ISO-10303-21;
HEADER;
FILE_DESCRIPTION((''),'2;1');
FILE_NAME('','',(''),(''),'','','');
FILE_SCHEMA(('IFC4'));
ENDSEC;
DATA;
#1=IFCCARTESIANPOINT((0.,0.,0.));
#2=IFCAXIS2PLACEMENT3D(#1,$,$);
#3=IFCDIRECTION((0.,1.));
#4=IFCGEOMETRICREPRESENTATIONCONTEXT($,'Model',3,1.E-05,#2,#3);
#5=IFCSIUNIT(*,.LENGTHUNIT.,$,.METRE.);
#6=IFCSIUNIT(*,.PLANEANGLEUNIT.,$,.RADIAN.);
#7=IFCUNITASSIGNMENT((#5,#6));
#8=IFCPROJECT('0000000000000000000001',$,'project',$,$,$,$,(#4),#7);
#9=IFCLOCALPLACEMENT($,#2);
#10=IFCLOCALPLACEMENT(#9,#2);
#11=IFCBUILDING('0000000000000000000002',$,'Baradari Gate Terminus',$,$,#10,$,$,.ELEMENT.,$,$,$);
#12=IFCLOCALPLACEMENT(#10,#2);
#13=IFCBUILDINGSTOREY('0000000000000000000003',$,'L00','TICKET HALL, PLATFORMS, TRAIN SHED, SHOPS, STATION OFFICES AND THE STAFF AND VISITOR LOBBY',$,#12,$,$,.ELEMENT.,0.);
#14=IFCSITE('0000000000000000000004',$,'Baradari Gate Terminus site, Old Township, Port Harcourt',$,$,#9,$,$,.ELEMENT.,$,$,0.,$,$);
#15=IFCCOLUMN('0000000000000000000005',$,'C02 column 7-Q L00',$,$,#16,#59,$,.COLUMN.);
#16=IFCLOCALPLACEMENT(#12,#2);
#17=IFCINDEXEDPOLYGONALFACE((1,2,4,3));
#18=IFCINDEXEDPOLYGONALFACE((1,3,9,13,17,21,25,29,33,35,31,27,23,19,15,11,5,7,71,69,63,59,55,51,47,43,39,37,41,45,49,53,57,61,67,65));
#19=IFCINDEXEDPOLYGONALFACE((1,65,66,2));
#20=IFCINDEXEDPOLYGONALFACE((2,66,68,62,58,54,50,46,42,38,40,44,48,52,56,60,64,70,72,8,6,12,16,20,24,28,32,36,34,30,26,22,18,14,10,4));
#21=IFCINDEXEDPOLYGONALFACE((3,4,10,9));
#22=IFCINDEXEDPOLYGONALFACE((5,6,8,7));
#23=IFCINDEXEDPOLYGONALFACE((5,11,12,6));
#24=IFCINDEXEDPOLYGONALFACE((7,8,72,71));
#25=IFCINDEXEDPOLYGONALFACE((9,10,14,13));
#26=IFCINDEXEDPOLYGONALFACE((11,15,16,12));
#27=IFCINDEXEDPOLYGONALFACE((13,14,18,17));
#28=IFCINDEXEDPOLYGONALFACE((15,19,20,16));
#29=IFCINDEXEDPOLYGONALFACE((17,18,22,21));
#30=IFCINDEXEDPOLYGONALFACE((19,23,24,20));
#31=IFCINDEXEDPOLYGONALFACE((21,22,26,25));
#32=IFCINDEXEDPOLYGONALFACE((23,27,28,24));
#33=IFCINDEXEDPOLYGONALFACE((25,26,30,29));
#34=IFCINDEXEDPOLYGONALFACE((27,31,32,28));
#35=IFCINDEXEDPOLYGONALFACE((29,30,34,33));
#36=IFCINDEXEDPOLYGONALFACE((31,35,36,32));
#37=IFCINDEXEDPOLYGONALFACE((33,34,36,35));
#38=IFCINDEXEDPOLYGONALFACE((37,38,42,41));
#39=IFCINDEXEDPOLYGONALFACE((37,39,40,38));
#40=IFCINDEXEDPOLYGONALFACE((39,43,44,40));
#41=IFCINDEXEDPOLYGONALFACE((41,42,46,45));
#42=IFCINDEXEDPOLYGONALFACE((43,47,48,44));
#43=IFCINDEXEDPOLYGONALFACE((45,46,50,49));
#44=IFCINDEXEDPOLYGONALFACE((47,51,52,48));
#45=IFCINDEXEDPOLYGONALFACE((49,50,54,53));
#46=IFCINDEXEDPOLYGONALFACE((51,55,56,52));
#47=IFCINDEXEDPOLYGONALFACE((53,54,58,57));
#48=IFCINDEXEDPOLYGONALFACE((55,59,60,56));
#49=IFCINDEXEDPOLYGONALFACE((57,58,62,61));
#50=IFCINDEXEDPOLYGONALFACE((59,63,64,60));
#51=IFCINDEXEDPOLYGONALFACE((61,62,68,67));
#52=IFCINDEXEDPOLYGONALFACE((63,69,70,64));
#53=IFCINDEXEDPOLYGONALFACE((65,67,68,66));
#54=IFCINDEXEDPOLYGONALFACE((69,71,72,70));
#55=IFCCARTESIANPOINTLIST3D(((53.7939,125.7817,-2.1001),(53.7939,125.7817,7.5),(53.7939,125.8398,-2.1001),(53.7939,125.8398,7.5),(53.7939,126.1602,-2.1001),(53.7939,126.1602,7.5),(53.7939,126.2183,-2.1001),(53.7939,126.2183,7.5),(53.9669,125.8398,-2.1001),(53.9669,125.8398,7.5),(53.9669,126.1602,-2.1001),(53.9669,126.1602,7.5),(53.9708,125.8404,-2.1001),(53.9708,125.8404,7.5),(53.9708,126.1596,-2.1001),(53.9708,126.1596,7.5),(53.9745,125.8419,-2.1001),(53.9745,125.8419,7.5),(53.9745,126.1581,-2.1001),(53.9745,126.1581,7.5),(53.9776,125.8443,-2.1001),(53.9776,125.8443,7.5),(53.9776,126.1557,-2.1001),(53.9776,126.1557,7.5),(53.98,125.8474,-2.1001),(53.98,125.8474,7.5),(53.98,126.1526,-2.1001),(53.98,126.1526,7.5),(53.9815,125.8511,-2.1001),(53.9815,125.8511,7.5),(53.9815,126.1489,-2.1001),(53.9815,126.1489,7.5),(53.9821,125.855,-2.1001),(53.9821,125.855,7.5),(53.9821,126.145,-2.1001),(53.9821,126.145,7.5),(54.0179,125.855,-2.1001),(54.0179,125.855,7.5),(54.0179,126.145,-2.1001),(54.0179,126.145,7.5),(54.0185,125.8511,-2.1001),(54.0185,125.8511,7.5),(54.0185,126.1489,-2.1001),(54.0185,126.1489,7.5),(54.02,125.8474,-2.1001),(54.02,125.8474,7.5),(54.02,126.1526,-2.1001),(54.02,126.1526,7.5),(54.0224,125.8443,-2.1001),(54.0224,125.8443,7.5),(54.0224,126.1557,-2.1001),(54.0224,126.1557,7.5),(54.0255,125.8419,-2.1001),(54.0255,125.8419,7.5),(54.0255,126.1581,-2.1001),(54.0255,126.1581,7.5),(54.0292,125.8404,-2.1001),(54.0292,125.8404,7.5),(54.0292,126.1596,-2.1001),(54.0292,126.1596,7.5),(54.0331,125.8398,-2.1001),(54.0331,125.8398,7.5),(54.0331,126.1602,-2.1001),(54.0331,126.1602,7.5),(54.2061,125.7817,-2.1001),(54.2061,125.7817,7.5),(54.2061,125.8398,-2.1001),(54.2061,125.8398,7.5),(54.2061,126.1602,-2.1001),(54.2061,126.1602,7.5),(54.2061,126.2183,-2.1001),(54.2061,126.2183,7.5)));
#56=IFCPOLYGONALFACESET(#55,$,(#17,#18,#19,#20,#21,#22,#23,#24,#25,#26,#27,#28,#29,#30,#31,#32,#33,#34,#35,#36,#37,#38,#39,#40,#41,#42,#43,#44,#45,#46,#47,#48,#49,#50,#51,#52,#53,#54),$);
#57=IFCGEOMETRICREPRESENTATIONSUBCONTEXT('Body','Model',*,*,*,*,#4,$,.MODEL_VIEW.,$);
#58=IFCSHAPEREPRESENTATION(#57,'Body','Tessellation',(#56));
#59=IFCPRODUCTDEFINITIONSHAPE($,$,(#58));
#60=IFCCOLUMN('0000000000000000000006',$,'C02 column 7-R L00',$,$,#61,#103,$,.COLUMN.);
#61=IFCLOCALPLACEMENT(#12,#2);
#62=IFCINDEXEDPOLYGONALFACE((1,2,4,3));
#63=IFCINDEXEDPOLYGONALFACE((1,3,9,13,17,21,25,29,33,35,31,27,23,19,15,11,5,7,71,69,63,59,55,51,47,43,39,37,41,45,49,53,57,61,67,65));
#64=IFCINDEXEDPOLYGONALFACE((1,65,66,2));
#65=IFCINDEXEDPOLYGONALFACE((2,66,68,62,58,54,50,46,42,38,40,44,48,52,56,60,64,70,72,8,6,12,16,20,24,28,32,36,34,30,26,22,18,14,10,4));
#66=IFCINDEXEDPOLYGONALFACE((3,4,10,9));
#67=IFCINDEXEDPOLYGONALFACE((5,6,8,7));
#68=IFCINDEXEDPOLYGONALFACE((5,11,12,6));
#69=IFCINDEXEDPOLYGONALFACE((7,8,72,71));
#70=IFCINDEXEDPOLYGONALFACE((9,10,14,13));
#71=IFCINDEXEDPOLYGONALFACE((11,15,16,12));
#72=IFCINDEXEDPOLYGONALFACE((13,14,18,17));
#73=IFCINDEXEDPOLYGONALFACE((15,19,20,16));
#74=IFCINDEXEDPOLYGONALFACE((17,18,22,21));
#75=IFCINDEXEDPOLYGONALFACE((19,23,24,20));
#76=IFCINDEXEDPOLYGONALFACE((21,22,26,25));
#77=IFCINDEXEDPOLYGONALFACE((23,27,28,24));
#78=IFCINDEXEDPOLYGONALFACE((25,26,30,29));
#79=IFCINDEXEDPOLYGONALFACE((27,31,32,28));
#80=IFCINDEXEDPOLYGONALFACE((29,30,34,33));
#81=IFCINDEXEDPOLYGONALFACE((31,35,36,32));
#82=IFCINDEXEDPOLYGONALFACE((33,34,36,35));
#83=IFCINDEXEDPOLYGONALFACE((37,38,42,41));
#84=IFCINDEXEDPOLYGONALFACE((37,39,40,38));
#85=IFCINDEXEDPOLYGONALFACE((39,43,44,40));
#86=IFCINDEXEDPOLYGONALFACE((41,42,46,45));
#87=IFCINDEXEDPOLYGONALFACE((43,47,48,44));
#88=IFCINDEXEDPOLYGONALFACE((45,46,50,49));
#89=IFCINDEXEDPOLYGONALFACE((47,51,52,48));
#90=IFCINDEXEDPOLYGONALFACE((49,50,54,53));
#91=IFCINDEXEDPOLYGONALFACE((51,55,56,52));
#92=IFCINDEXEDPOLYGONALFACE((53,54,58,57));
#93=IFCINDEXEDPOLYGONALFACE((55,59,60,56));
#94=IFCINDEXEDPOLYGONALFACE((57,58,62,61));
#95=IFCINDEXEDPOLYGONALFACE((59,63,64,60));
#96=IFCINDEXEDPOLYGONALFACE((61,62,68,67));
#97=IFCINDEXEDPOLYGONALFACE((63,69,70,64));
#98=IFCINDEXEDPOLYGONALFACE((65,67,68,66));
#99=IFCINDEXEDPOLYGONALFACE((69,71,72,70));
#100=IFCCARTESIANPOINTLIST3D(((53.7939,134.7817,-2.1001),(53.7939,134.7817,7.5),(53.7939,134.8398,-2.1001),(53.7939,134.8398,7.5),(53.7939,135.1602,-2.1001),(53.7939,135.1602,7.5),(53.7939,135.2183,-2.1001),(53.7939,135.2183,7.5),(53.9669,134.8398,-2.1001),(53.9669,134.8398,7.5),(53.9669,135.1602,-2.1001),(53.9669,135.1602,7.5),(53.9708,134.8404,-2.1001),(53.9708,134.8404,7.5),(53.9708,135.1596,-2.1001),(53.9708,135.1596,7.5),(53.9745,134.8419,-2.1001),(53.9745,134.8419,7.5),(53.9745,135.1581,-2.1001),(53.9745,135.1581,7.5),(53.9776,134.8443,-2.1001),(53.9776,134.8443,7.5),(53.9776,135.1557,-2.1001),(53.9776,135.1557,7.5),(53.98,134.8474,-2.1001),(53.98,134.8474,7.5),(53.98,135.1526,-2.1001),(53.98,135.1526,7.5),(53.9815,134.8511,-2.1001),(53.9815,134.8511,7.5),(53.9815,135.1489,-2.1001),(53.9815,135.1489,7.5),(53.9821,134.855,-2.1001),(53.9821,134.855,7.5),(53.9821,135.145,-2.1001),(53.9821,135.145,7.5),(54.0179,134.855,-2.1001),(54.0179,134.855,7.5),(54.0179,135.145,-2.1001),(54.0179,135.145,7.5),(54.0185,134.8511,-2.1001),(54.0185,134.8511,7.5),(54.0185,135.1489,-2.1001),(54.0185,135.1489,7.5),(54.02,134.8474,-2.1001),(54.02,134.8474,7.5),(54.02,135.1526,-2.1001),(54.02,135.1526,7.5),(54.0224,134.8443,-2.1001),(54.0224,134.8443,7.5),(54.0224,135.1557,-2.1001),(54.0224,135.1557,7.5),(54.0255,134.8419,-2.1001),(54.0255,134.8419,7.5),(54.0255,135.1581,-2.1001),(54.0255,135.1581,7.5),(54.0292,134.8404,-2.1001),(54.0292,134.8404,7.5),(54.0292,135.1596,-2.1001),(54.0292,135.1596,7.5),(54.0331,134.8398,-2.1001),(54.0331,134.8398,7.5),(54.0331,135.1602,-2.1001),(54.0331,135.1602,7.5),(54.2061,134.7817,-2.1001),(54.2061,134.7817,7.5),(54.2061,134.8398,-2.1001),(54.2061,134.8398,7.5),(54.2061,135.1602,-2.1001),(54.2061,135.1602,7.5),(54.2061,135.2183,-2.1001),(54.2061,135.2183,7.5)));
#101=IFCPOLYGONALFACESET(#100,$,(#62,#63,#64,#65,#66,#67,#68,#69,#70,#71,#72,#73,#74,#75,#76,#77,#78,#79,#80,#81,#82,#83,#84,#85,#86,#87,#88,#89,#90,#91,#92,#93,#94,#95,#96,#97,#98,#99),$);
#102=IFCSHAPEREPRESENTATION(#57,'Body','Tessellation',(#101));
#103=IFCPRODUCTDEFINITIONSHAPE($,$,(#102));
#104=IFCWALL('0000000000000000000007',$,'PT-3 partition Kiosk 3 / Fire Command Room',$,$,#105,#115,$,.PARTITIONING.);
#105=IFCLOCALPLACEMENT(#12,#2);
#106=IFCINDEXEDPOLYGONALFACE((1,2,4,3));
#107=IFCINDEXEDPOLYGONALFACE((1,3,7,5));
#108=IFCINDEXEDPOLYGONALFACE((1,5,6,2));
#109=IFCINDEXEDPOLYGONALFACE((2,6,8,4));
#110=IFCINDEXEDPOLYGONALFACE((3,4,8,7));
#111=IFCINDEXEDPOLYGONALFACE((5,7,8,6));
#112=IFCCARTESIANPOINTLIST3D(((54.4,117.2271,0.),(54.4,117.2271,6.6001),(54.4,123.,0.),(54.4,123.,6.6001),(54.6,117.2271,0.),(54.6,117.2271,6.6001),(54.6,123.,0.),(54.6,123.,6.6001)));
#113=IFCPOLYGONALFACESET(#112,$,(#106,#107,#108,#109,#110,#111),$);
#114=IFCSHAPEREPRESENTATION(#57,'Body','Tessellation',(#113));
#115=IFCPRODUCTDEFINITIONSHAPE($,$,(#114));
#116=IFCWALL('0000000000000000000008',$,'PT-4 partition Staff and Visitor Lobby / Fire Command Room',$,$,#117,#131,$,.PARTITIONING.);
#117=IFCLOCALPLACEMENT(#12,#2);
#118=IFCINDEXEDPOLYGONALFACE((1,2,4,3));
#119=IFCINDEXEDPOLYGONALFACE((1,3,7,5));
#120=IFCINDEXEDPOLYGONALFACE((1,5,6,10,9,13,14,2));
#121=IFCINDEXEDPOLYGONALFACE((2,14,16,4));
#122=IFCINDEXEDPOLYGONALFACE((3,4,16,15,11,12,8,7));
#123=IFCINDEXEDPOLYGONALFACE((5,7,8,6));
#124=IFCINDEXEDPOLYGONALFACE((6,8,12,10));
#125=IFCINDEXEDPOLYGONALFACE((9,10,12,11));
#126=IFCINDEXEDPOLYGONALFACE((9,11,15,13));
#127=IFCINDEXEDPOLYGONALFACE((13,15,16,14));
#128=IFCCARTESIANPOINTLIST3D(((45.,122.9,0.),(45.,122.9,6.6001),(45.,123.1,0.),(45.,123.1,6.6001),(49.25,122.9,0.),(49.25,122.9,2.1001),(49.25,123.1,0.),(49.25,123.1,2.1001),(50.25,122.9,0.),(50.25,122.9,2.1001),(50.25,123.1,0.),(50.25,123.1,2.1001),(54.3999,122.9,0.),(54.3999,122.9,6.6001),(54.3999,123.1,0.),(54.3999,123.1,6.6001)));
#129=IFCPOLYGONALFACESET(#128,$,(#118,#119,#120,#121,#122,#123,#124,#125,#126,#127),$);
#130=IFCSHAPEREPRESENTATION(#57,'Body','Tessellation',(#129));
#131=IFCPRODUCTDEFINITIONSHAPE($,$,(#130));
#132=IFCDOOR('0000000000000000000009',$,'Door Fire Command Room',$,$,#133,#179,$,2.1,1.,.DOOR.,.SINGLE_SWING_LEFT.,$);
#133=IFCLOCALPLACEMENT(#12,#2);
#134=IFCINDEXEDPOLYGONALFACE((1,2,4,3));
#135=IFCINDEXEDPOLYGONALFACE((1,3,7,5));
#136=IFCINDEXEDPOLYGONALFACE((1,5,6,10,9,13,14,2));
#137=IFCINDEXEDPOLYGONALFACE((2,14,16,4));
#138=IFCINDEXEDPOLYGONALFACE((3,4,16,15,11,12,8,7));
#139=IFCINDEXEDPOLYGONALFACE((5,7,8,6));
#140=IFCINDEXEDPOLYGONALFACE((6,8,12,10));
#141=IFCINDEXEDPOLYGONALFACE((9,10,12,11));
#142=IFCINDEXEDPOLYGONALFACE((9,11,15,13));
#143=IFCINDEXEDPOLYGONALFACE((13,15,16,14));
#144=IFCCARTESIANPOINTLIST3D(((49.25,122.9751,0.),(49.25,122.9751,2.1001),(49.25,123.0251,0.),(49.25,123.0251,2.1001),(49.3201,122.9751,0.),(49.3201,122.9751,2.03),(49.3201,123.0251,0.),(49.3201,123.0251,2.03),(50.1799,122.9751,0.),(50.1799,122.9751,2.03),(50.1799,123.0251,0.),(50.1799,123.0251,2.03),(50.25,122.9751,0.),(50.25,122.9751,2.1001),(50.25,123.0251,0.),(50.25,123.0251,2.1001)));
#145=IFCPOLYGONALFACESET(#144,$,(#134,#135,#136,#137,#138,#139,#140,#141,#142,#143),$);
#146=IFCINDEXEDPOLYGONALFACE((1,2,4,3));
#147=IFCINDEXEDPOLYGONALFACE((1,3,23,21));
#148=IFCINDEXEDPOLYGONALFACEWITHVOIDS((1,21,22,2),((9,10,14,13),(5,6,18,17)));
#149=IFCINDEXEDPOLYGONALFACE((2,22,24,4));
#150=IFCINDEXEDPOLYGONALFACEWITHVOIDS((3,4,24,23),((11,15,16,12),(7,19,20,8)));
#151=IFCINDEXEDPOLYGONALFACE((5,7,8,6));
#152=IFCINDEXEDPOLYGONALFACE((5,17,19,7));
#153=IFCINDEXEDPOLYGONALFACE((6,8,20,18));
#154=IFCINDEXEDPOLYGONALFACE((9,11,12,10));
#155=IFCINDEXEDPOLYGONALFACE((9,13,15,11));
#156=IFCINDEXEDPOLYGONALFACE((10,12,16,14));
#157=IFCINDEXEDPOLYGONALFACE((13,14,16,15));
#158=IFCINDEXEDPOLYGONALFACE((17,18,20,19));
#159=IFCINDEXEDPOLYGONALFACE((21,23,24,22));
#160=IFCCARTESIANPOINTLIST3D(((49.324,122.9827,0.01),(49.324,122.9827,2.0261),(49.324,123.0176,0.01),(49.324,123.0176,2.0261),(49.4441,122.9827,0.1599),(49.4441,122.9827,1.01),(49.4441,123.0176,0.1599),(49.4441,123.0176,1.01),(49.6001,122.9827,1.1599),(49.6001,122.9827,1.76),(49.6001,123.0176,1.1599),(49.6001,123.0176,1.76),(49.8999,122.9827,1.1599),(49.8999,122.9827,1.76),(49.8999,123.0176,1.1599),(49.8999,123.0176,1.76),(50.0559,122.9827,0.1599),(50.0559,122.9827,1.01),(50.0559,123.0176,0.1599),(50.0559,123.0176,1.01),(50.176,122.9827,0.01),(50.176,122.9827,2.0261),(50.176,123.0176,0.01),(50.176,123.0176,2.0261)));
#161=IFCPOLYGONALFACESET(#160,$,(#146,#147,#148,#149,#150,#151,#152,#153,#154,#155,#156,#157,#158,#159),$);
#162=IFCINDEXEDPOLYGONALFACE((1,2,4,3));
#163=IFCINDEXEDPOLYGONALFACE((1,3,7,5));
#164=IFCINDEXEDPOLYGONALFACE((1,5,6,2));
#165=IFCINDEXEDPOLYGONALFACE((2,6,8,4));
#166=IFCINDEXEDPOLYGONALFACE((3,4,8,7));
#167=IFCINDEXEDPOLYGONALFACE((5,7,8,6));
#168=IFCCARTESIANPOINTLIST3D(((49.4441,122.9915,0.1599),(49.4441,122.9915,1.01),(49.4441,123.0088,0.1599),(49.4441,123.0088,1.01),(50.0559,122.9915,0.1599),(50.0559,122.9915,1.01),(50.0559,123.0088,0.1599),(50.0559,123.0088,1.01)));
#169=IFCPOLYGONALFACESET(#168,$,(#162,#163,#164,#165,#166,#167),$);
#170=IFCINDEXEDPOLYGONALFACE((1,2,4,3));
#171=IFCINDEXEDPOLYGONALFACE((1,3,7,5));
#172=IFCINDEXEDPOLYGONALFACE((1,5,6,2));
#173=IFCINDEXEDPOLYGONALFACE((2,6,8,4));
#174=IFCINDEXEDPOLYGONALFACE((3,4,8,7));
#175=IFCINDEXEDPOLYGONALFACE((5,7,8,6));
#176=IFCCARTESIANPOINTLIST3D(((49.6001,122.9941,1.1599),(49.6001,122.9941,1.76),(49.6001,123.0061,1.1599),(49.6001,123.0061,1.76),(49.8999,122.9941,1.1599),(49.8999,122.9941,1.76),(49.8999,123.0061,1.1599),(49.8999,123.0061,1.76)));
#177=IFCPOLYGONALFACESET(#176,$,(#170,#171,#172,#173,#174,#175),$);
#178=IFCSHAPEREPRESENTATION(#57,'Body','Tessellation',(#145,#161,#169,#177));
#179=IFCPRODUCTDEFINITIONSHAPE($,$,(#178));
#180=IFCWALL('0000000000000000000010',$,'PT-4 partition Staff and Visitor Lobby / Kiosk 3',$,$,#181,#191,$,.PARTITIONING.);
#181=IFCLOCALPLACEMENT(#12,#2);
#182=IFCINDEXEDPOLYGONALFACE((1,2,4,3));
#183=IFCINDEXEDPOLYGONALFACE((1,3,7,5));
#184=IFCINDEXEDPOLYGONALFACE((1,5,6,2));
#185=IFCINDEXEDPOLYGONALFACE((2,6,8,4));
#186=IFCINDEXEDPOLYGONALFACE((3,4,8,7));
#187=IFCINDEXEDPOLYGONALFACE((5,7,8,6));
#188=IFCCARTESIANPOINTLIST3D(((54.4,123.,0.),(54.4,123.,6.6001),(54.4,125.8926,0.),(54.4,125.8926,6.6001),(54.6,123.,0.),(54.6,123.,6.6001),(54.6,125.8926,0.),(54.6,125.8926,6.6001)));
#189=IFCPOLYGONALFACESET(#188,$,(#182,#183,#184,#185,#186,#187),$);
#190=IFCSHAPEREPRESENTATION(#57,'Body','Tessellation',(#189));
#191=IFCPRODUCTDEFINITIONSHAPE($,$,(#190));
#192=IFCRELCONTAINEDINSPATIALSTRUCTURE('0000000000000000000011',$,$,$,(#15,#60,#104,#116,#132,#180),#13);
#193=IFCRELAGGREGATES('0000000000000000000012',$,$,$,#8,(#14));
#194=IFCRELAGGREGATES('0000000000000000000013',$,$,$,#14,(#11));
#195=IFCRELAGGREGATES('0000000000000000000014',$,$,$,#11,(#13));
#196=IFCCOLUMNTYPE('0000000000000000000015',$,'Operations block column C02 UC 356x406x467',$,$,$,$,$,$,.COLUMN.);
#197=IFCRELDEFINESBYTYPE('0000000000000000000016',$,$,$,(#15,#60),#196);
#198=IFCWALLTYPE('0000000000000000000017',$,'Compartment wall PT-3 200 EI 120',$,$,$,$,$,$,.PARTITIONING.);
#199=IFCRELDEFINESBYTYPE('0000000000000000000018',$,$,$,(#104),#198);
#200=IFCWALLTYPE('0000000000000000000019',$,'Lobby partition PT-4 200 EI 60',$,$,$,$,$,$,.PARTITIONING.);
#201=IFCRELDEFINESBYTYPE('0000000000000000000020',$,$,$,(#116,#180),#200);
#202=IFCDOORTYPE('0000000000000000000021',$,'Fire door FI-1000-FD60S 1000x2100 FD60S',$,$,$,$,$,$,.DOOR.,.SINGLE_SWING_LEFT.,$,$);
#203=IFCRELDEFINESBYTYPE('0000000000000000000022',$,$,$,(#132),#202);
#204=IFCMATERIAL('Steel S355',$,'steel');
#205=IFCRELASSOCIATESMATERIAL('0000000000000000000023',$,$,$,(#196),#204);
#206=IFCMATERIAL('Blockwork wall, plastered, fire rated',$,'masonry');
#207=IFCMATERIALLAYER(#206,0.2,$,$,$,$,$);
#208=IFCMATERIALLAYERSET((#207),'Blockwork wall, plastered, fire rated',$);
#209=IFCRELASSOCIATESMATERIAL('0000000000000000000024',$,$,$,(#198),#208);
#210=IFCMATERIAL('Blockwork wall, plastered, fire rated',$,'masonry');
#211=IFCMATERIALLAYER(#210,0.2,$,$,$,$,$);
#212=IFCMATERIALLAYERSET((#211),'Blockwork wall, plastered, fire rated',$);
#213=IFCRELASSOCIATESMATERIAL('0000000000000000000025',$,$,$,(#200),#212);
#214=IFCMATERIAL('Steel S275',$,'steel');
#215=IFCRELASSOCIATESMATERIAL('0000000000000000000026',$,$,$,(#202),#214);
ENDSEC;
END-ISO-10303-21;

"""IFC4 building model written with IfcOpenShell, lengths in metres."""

from ifc_helpers import new_model, si_unit, direction, frame, frame_2d, origin, origin_2d, place, context, subcontext, project, spatial, polyline, rectangle, i_section, outline, extrude, material, layer, layer_set, material_profile, profile_set, type_object, element, fill, save


model = new_model("IFC4")

# Units and contexts
model_context = context("Model", 3, precision=1e-05, world=origin(), true_north=direction((0.0, 1.0)))
body_context = subcontext(model_context, "Body", "Model", "MODEL_VIEW")
ifc_project = project(units=[si_unit("LENGTHUNIT", "METRE"), si_unit("PLANEANGLEUNIT", "RADIAN")], contexts=[model_context])

# Site, building, storey
site_placement = place(None, origin())
site = spatial("IfcSite", under=ifc_project, at=site_placement, Name="Baradari Gate Terminus site, Old Township, Port Harcourt", CompositionType="ELEMENT", RefElevation=0.0)
building_placement = place(site_placement, origin())
building = spatial("IfcBuilding", under=site, at=building_placement, Name="Baradari Gate Terminus", CompositionType="ELEMENT")
storey_placement = place(building_placement, origin())
storey = spatial("IfcBuildingStorey", under=building, at=storey_placement, Name="L00", Description="TICKET HALL, PLATFORMS, TRAIN SHED, SHOPS, STATION OFFICES AND THE STAFF AND VISITOR LOBBY", CompositionType="ELEMENT", Elevation=0.0)

# Columns
ifc_material_1 = material(Name="Steel S355", Category="steel")
ifc_material_profile = material_profile(ifc_material_1, i_section(OverallWidth=0.4121, OverallDepth=0.4365, WebThickness=0.0359, FlangeThickness=0.0581, FilletRadius=0.0151, at=origin_2d()), Name="UC 356x406x467")
ifc_profile_set = profile_set([ifc_material_profile], Name="Steel S355")
column_type = type_object("IfcColumnType", Name="Operations block column C02 UC 356x406x467", PredefinedType="COLUMN", material=ifc_profile_set)
for number, where, z_axis, x_axis, name in (
    (1, (54.0, 126.0, -2.1001), (0.0, 0.0, 1.0), (1.0, 0.0, 0.0), "C02 column 7-Q L00"),
    (2, (54.0, 135.0, -2.1001), (0.0, 0.0, 1.0), (1.0, 0.0, 0.0), "C02 column 7-R L00"),
):
    element("IfcColumn", number, at=place(storey_placement, frame(where, z_axis=z_axis, x_axis=x_axis)), inside=storey, type_object=column_type, Name=name, PredefinedType="COLUMN", context=body_context, shape_type="SweptSolid", body=[
        extrude(i_section(OverallWidth=0.4121, OverallDepth=0.4365, WebThickness=0.0359, FlangeThickness=0.0581, FilletRadius=0.0151, at=origin_2d()), origin(), (0.0, 0.0, 1.0), 9.6001),
    ])

# Wall
ifc_material_2 = material(Name="Blockwork wall, plastered, fire rated", Category="masonry")
ifc_layer_1 = layer(ifc_material_2, 0.2)
ifc_layer_set_1 = layer_set([ifc_layer_1], Name="Blockwork wall, plastered, fire rated")
wall_type_1 = type_object("IfcWallType", Name="Compartment wall PT-3 200 EI 120", PredefinedType="PARTITIONING", material=ifc_layer_set_1)
wall_1_placement = place(storey_placement, frame((54.5, 117.2271, 0.0), z_axis=(0.0, 0.0, 1.0), x_axis=(0.0, 1.0, 0.0)))
element("IfcWall", 3, at=wall_1_placement, inside=storey, type_object=wall_type_1, Name="PT-3 partition Kiosk 3 / Fire Command Room", PredefinedType="PARTITIONING", context=body_context, shape_type="SweptSolid", body=[
    extrude(rectangle(XDim=5.7729, YDim=0.2, at=frame_2d((2.8865, 0.0))), origin(), (0.0, 0.0, 1.0), 6.6001),
])

# Wall, opening, door
ifc_material_3 = material(Name="Blockwork wall, plastered, fire rated", Category="masonry")
ifc_layer_2 = layer(ifc_material_3, 0.2)
ifc_layer_set_2 = layer_set([ifc_layer_2], Name="Blockwork wall, plastered, fire rated")
wall_type_2 = type_object("IfcWallType", Name="Lobby partition PT-4 200 EI 60", PredefinedType="PARTITIONING", material=ifc_layer_set_2)
wall_2_placement = place(storey_placement, frame((54.3999, 123.0, 0.0), z_axis=(0.0, 0.0, 1.0), x_axis=(-1.0, 0.0, 0.0)))
wall_2 = element("IfcWall", 4, at=wall_2_placement, inside=storey, type_object=wall_type_2, Name="PT-4 partition Staff and Visitor Lobby / Fire Command Room", PredefinedType="PARTITIONING", context=body_context, shape_type="SweptSolid", body=[
    extrude(rectangle(XDim=9.3999, YDim=0.2, at=frame_2d((4.7, 0.0))), origin(), (0.0, 0.0, 1.0), 6.6001),
])
opening_1_placement = place(wall_2_placement, frame((4.1499, 0.0, 0.0)))
opening_1 = element("IfcOpeningElement", 5, at=opening_1_placement, cuts=wall_2, PredefinedType="OPENING", context=body_context, shape_type="SweptSolid", body=[
    extrude(rectangle(XDim=1.0, YDim=2.1001, at=frame_2d((0.5, 1.05))), frame((0.0, 0.1099, 0.0), z_axis=(0.0, -1.0, 0.0), x_axis=(1.0, 0.0, 0.0)), (0.0, 0.0, 1.0), 0.22),
])
ifc_material_4 = material(Name="Steel S275", Category="steel")
door_type_1 = type_object("IfcDoorType", Name="Fire door FI-1000-FD60S 1000x2100 FD60S", OperationType="SINGLE_SWING_LEFT", PredefinedType="DOOR", material=ifc_material_4)
door_1_placement = place(opening_1_placement, origin())
door_1 = element("IfcDoor", 6, at=door_1_placement, inside=storey, type_object=door_type_1, Name="Door Fire Command Room", OperationType="SINGLE_SWING_LEFT", OverallHeight=2.1, OverallWidth=1.0, PredefinedType="DOOR", context=body_context, shape_type="SweptSolid", body=[
    extrude(outline(polyline([(0.0, 0.0), (0.0701, 0.0), (0.0701, 2.03), (0.9299, 2.03), (0.9299, 0.0), (1.0, 0.0), (1.0, 2.1001), (0.0, 2.1001), (0.0, 0.0)])), frame((0.0, 0.0249, 0.0), z_axis=(0.0, -1.0, 0.0), x_axis=(1.0, 0.0, 0.0)), (0.0, 0.0, 1.0), 0.05),
    extrude(outline(polyline([(0.074, 0.01), (0.926, 0.01), (0.926, 2.0261), (0.074, 2.0261), (0.074, 0.01)]), holes=[polyline([(0.1941, 0.1599), (0.8059, 0.1599), (0.8059, 1.01), (0.1941, 1.01), (0.1941, 0.1599)]), polyline([(0.3501, 1.1599), (0.6499, 1.1599), (0.6499, 1.76), (0.3501, 1.76), (0.3501, 1.1599)])]), frame((0.0, 0.0173, 0.0), z_axis=(0.0, -1.0, 0.0), x_axis=(1.0, 0.0, 0.0)), (0.0, 0.0, 1.0), 0.0349),
    extrude(rectangle(XDim=0.6118, YDim=0.8501, at=frame_2d((0.5, 0.585))), frame((0.0, 0.0085, 0.0), z_axis=(0.0, -1.0, 0.0), x_axis=(1.0, 0.0, 0.0)), (0.0, 0.0, 1.0), 0.0173),
    extrude(rectangle(XDim=0.2998, YDim=0.6001, at=frame_2d((0.5, 1.46))), frame((0.0, 0.0059, 0.0), z_axis=(0.0, -1.0, 0.0), x_axis=(1.0, 0.0, 0.0)), (0.0, 0.0, 1.0), 0.012),
])
fill(opening_1, door_1)

# Wall
wall_3_placement = place(storey_placement, frame((54.5, 125.8926, 0.0), z_axis=(0.0, 0.0, 1.0), x_axis=(0.0, -1.0, 0.0)))
element("IfcWall", 7, at=wall_3_placement, inside=storey, type_object=wall_type_2, Name="PT-4 partition Staff and Visitor Lobby / Kiosk 3", PredefinedType="PARTITIONING", context=body_context, shape_type="SweptSolid", body=[
    extrude(rectangle(XDim=2.8926, YDim=0.2, at=frame_2d((1.4463, 0.0))), origin(), (0.0, 0.0, 1.0), 6.6001),
])

save(model, "model.ifc")
